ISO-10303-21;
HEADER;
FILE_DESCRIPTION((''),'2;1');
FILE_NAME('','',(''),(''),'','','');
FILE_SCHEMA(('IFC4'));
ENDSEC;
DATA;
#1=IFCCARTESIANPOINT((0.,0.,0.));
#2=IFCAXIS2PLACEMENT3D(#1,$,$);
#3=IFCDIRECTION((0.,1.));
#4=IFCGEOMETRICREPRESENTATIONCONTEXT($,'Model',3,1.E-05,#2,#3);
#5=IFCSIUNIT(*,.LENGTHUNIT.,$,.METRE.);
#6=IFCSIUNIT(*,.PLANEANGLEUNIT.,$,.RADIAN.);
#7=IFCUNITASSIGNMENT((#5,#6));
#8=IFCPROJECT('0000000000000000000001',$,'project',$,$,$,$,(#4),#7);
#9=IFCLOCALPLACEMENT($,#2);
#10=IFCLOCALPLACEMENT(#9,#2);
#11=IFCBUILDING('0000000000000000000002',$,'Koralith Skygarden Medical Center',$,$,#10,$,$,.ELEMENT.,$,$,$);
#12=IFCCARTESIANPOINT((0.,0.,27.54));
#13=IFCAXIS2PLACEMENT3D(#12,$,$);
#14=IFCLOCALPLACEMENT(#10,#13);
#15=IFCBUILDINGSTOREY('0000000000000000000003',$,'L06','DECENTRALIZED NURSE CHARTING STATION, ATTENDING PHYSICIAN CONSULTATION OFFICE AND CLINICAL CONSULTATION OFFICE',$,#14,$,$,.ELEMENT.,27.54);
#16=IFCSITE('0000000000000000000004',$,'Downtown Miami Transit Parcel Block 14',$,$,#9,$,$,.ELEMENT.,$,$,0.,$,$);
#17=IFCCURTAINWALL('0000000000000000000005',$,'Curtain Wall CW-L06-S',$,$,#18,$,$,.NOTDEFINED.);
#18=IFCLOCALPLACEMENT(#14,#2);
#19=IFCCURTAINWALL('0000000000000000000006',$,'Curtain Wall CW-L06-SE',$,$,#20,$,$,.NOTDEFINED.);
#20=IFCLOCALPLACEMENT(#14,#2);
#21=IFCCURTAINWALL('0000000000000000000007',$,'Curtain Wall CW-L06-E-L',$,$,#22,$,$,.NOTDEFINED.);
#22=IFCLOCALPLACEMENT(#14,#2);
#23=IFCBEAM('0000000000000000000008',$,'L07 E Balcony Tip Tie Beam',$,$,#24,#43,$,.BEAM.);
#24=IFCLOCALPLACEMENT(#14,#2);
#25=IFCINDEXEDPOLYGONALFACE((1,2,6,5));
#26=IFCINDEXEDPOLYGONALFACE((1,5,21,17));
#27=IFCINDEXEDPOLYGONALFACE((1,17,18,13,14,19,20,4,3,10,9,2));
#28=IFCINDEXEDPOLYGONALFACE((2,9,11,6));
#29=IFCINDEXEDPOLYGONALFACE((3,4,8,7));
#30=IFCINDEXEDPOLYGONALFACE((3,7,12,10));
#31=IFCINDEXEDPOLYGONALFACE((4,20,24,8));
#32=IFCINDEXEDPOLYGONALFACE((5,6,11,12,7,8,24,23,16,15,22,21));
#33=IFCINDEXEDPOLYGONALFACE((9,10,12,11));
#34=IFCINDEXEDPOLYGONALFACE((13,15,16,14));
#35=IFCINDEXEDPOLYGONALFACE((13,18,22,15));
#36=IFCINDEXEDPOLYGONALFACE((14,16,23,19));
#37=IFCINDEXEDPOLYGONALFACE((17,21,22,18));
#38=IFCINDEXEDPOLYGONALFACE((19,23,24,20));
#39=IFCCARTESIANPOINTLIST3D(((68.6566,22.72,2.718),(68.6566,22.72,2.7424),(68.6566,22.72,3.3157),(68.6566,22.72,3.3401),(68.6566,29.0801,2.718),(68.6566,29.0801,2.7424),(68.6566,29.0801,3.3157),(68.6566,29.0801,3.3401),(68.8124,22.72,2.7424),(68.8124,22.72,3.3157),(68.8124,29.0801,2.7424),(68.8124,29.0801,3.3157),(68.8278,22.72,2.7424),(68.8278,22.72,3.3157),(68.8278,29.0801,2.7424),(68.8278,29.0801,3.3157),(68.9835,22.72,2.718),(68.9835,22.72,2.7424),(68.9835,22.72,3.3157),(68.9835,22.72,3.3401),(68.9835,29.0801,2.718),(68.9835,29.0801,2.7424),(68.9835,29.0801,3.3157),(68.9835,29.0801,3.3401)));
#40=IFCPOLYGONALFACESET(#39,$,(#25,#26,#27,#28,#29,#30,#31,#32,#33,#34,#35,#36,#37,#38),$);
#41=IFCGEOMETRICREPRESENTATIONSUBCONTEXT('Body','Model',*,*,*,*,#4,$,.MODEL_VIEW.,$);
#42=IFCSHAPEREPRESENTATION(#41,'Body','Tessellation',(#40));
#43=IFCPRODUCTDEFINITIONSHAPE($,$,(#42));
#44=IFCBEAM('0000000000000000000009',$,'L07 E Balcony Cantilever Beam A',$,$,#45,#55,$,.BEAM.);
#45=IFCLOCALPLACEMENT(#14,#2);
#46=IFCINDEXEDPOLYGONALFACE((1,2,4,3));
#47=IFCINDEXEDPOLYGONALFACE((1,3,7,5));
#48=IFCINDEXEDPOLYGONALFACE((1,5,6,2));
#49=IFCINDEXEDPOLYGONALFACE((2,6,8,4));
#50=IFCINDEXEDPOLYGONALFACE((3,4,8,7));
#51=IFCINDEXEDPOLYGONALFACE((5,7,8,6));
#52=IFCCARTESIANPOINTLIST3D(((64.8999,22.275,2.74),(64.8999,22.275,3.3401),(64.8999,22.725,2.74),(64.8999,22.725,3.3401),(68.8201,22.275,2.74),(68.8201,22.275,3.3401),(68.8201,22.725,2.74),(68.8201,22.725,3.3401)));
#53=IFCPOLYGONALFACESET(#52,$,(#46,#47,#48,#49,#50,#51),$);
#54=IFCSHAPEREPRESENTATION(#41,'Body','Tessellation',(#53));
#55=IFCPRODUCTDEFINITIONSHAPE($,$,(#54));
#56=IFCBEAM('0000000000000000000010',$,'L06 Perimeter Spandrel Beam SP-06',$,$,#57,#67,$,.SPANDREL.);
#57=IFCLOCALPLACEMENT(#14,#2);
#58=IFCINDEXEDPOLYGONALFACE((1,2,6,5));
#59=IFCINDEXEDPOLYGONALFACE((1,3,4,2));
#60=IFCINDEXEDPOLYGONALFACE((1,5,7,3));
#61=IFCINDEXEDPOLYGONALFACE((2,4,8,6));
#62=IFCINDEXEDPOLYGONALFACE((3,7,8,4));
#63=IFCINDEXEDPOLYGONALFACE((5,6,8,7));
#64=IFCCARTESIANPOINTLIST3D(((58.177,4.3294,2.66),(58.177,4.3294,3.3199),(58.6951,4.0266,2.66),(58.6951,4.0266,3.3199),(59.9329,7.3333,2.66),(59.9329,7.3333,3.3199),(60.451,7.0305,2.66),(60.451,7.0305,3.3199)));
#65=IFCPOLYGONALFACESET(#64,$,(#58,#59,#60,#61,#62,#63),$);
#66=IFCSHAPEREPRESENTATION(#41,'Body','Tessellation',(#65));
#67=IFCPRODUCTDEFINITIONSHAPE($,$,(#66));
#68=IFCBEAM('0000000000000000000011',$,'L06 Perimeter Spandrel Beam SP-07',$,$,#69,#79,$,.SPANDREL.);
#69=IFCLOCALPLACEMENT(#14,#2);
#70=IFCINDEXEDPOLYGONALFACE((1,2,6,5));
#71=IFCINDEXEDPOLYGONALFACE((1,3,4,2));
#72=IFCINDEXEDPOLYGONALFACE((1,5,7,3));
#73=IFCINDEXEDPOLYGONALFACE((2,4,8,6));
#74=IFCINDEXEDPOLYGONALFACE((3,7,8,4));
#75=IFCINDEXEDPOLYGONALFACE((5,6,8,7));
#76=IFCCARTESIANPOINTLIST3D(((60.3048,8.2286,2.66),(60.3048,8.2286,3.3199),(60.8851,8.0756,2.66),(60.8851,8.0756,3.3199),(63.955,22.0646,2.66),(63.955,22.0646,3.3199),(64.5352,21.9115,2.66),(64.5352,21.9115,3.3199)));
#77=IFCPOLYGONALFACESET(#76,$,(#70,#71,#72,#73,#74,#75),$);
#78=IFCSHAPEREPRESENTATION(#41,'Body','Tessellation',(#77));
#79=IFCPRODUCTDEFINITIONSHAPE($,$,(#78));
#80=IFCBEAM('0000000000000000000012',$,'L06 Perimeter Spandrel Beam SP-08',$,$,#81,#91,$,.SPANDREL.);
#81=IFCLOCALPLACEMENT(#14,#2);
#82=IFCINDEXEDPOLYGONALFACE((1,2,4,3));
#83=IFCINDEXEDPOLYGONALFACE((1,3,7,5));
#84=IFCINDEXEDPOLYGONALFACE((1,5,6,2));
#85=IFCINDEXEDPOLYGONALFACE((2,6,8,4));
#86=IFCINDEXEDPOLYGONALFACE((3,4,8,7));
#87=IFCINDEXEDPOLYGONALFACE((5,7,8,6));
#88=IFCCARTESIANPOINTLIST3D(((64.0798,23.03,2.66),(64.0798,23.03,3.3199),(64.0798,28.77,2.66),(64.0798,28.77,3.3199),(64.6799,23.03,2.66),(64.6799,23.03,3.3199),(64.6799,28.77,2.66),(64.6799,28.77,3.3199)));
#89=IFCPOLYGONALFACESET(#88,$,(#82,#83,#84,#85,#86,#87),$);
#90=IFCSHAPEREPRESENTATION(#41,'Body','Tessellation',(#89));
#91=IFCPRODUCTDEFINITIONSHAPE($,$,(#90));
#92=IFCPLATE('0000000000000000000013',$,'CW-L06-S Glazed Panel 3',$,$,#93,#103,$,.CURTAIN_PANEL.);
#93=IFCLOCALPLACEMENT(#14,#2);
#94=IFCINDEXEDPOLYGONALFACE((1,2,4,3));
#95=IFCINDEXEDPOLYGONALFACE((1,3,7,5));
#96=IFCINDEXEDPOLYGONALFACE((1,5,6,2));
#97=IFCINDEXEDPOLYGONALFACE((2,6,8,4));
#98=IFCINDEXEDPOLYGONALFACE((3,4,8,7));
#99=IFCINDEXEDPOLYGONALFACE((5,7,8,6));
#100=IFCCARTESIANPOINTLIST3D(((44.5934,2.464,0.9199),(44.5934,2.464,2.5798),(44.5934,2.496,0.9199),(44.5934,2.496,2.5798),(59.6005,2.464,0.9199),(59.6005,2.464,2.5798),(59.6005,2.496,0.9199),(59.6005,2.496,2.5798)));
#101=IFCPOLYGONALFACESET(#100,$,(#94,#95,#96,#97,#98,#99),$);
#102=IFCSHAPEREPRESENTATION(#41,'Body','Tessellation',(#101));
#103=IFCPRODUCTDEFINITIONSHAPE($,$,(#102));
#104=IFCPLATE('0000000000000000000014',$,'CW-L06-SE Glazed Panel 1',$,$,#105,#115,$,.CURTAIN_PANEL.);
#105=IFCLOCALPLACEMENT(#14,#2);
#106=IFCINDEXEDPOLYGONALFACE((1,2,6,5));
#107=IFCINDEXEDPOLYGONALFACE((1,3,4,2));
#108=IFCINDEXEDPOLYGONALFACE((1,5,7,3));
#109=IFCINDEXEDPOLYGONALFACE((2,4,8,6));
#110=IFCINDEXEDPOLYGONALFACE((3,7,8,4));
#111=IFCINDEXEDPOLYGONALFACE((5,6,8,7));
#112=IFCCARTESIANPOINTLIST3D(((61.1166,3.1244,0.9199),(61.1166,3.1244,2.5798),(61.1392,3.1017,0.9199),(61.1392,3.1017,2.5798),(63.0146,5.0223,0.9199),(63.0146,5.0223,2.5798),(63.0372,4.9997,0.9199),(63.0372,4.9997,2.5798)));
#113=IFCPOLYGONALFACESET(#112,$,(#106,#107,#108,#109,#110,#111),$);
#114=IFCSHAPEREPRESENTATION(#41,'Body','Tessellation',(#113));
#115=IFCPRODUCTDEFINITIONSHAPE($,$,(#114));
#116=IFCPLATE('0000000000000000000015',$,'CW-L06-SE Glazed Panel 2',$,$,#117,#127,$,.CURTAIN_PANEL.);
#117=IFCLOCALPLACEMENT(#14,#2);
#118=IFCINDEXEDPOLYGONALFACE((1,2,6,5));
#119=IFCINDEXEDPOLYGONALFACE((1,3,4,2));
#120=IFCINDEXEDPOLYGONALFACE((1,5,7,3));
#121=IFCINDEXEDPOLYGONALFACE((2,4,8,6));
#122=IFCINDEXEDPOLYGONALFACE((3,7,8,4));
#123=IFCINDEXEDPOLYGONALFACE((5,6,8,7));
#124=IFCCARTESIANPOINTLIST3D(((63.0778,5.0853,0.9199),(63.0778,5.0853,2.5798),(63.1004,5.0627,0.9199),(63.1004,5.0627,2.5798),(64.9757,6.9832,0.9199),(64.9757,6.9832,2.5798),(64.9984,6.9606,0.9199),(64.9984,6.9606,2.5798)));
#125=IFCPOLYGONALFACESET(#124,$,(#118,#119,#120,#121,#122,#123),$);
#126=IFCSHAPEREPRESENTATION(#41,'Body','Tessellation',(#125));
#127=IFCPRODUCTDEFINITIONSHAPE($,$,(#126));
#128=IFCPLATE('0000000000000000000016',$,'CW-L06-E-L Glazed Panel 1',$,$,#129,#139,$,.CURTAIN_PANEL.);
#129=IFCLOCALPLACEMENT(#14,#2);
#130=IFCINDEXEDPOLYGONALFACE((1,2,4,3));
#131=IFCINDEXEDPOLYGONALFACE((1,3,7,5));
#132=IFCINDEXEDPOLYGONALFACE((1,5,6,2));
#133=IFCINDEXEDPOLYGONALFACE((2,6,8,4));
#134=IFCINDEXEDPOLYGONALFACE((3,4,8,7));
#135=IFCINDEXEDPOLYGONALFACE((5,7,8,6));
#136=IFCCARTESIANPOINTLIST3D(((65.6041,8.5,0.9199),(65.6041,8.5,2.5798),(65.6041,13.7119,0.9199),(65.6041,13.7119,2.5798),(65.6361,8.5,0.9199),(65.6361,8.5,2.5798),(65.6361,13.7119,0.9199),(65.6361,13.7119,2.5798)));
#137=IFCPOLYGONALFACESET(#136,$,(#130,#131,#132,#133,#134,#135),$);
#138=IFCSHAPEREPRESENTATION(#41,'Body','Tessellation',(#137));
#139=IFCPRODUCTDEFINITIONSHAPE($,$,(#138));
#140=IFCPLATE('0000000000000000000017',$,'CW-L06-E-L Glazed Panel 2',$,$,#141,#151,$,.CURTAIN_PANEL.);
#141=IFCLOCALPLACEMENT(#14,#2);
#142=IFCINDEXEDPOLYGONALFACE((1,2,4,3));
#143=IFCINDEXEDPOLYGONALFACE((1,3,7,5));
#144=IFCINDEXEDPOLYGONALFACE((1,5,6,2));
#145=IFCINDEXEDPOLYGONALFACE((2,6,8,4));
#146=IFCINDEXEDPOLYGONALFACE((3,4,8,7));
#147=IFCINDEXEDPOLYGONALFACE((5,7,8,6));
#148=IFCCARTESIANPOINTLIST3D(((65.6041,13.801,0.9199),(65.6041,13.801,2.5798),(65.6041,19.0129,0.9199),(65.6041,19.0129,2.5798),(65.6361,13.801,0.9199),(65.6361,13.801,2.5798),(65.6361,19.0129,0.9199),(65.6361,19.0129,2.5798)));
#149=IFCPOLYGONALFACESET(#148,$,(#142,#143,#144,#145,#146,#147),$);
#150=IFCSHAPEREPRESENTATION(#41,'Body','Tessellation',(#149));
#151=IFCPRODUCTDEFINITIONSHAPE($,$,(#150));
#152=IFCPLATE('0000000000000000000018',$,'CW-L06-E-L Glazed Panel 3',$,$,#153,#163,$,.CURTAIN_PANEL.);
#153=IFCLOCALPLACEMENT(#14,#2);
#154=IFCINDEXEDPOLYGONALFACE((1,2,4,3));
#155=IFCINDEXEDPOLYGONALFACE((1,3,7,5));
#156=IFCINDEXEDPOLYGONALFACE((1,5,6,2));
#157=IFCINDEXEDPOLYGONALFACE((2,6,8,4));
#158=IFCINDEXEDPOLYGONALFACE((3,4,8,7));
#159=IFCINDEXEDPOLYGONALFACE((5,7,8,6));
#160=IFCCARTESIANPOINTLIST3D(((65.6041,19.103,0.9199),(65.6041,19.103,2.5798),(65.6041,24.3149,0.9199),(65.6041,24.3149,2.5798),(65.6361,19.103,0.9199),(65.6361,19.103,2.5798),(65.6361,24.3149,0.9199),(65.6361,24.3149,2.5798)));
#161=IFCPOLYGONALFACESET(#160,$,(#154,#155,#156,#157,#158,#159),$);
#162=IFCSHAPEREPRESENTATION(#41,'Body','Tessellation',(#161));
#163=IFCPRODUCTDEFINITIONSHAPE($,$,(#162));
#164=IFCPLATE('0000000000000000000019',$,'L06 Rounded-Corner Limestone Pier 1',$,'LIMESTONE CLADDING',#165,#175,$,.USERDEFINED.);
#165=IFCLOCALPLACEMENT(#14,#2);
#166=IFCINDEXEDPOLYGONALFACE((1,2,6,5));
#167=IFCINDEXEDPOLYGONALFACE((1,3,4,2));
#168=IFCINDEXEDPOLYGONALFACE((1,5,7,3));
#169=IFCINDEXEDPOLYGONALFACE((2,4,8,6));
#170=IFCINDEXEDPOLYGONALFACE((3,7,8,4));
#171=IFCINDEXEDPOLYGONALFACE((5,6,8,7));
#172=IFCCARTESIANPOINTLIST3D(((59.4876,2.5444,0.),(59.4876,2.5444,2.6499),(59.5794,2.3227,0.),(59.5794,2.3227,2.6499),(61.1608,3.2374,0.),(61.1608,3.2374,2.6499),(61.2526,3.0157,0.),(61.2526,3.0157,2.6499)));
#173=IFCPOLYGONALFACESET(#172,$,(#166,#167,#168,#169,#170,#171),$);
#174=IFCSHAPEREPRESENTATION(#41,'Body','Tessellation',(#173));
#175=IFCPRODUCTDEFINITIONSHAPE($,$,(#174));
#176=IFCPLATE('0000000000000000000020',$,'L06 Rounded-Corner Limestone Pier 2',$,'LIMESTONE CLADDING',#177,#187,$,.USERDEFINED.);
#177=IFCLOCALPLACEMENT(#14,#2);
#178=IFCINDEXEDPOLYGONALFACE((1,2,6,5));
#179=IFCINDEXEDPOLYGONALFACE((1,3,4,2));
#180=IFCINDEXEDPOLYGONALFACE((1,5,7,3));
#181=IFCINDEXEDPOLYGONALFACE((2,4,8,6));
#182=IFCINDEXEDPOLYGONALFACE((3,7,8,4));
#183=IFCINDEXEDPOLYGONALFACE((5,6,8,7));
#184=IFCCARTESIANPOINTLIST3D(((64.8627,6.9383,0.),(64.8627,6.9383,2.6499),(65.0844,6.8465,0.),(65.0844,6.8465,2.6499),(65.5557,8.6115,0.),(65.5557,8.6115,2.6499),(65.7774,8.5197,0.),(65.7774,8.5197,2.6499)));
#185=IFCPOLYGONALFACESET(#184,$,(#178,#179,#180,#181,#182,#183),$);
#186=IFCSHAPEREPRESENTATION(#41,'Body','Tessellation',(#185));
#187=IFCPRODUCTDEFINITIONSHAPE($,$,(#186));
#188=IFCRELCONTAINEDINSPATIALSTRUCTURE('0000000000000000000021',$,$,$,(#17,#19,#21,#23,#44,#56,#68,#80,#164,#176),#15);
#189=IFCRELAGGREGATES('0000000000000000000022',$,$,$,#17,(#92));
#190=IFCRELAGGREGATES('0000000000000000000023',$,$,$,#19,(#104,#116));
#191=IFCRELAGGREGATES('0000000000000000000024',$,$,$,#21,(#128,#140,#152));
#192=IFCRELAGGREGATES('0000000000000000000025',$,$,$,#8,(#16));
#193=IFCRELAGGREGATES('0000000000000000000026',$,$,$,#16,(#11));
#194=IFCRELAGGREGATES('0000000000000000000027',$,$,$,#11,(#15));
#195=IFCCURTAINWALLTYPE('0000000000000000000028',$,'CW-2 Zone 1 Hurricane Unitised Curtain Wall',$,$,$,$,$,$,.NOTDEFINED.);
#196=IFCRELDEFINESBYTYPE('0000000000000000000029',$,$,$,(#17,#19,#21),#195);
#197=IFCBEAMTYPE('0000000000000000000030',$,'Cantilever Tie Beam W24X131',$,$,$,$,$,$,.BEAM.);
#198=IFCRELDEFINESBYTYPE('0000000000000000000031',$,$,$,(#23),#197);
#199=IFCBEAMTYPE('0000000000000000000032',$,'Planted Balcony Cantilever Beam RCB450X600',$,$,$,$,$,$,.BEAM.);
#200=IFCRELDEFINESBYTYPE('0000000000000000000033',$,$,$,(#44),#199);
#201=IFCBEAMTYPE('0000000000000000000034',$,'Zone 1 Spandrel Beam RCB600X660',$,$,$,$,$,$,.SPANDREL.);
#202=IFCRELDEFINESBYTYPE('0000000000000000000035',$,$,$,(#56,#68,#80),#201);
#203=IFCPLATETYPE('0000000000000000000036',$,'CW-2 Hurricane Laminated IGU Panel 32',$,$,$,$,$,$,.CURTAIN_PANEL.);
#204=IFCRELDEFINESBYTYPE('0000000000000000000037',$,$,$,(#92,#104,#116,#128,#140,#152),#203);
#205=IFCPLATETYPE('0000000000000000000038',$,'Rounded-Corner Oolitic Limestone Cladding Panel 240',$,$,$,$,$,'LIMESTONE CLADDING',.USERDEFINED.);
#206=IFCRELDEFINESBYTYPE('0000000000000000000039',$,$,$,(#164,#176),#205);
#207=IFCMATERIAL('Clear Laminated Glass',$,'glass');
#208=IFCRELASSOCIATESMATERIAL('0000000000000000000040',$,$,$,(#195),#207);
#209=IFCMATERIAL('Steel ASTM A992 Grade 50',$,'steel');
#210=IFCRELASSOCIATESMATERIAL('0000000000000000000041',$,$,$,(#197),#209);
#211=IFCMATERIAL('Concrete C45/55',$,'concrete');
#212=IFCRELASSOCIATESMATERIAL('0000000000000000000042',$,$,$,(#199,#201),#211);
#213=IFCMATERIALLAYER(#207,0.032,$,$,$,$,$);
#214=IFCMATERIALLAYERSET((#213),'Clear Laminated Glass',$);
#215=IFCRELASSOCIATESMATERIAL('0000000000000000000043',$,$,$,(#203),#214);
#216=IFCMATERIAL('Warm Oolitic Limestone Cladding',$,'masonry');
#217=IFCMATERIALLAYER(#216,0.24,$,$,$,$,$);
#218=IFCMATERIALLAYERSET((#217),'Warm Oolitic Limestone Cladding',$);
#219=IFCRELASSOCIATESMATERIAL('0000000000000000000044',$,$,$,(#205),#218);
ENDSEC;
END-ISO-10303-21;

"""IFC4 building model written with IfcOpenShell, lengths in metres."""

from ifc_helpers import new_model, si_unit, direction, frame, origin, origin_2d, place, context, subcontext, project, spatial, rectangle, i_section, extrude, material, layer, layer_set, material_profile, profile_set, type_object, element, aggregate, save


model = new_model("IFC4")

# Units and contexts
model_context = context("Model", 3, precision=1e-05, world=origin(), true_north=direction((0.0, 1.0)))
body_context = subcontext(model_context, "Body", "Model", "MODEL_VIEW")
ifc_project = project(units=[si_unit("LENGTHUNIT", "METRE"), si_unit("PLANEANGLEUNIT", "RADIAN")], contexts=[model_context])

# Site, building, storey
site_placement = place(None, origin())
site = spatial("IfcSite", under=ifc_project, at=site_placement, Name="Downtown Miami Transit Parcel Block 14", CompositionType="ELEMENT", RefElevation=0.0)
building_placement = place(site_placement, origin())
building = spatial("IfcBuilding", under=site, at=building_placement, Name="Koralith Skygarden Medical Center", CompositionType="ELEMENT")
storey_placement = place(building_placement, frame((0.0, 0.0, 27.54)))
storey = spatial("IfcBuildingStorey", under=building, at=storey_placement, Name="L06", Description="DECENTRALIZED NURSE CHARTING STATION, ATTENDING PHYSICIAN CONSULTATION OFFICE AND CLINICAL CONSULTATION OFFICE", CompositionType="ELEMENT", Elevation=27.54)

# Curtain wall
ifc_material_1 = material(Name="Clear Laminated Glass", Category="glass")
curtain_wall_type = type_object("IfcCurtainWallType", Name="CW-2 Zone 1 Hurricane Unitised Curtain Wall", PredefinedType="NOTDEFINED", material=ifc_material_1)
curtain_wall_1_placement = place(storey_placement, origin())
curtain_wall_1 = element("IfcCurtainWall", 1, at=curtain_wall_1_placement, inside=storey, type_object=curtain_wall_type, Name="Curtain Wall CW-L06-S", PredefinedType="NOTDEFINED")

# Curtain walls
curtain_wall_2_placement = place(storey_placement, origin())
curtain_wall_2 = element("IfcCurtainWall", 2, at=curtain_wall_2_placement, inside=storey, type_object=curtain_wall_type, Name="Curtain Wall CW-L06-SE", PredefinedType="NOTDEFINED")
curtain_wall_3_placement = place(storey_placement, origin())
curtain_wall_3 = element("IfcCurtainWall", 3, at=curtain_wall_3_placement, inside=storey, type_object=curtain_wall_type, Name="Curtain Wall CW-L06-E-L", PredefinedType="NOTDEFINED")

# Beams
ifc_material_2 = material(Name="Steel ASTM A992 Grade 50", Category="steel")
ifc_material_profile_1 = material_profile(ifc_material_2, i_section(OverallWidth=0.3269, OverallDepth=0.6221, WebThickness=0.0154, FlangeThickness=0.0244, at=origin_2d()), Name="W24X131")
ifc_profile_set_1 = profile_set([ifc_material_profile_1], Name="Steel ASTM A992 Grade 50")
beam_type_1 = type_object("IfcBeamType", Name="Cantilever Tie Beam W24X131", PredefinedType="BEAM", material=ifc_profile_set_1)
beam_1_placement = place(storey_placement, frame((68.8201, 22.72, 3.0291), z_axis=(0.0, 1.0, 0.0), x_axis=(-1.0, 0.0, 0.0)))
element("IfcBeam", 4, at=beam_1_placement, inside=storey, type_object=beam_type_1, Name="L07 E Balcony Tip Tie Beam", PredefinedType="BEAM", context=body_context, shape_type="SweptSolid", body=[
    extrude(i_section(OverallWidth=0.3269, OverallDepth=0.6221, WebThickness=0.0154, FlangeThickness=0.0244, at=origin_2d()), origin(), (0.0, 0.0, 1.0), 6.3601),
])
ifc_material_3 = material(Name="Concrete C45/55", Category="concrete")
ifc_material_profile_2 = material_profile(ifc_material_3, rectangle(XDim=0.45, YDim=0.6001, at=origin_2d()), Name="RCB450X600")
ifc_profile_set_2 = profile_set([ifc_material_profile_2], Name="Concrete C45/55")
beam_type_2 = type_object("IfcBeamType", Name="Planted Balcony Cantilever Beam RCB450X600", PredefinedType="BEAM", material=ifc_profile_set_2)
beam_2_placement = place(storey_placement, frame((64.8999, 22.5, 3.04), z_axis=(1.0, 0.0, 0.0), x_axis=(0.0, 1.0, 0.0)))
element("IfcBeam", 5, at=beam_2_placement, inside=storey, type_object=beam_type_2, Name="L07 E Balcony Cantilever Beam A", PredefinedType="BEAM", context=body_context, shape_type="SweptSolid", body=[
    extrude(rectangle(XDim=0.45, YDim=0.6001, at=origin_2d()), origin(), (0.0, 0.0, 1.0), 3.9202),
])
ifc_material_profile_3 = material_profile(ifc_material_3, rectangle(XDim=0.6001, YDim=0.6599, at=origin_2d()), Name="RCB600X660")
ifc_profile_set_3 = profile_set([ifc_material_profile_3], Name="Concrete C45/55")
beam_type_3 = type_object("IfcBeamType", Name="Zone 1 Spandrel Beam RCB600X660", PredefinedType="SPANDREL", material=ifc_profile_set_3)
beam_3_placement = place(storey_placement, frame((58.436, 4.178, 2.99), z_axis=(0.504639, 0.863331, 0.0), x_axis=(-0.863331, 0.504639, 0.0)))
element("IfcBeam", 6, at=beam_3_placement, inside=storey, type_object=beam_type_3, Name="L06 Perimeter Spandrel Beam SP-06", PredefinedType="SPANDREL", context=body_context, shape_type="SweptSolid", body=[
    extrude(rectangle(XDim=0.6001, YDim=0.6599, at=origin_2d()), origin(), (0.0, 0.0, 1.0), 3.4795),
])
beam_4_placement = place(storey_placement, frame((60.595, 8.1521, 2.99), z_axis=(0.255089, 0.966918, 0.0), x_axis=(-0.966918, 0.255089, 0.0)))
element("IfcBeam", 7, at=beam_4_placement, inside=storey, type_object=beam_type_3, Name="L06 Perimeter Spandrel Beam SP-07", PredefinedType="SPANDREL", context=body_context, shape_type="SweptSolid", body=[
    extrude(rectangle(XDim=0.6001, YDim=0.6599, at=origin_2d()), origin(), (0.0, 0.0, 1.0), 14.3093),
])
beam_5_placement = place(storey_placement, frame((64.3799, 23.03, 2.99), z_axis=(0.0, 1.0, 0.0), x_axis=(-1.0, 0.0, 0.0)))
element("IfcBeam", 8, at=beam_5_placement, inside=storey, type_object=beam_type_3, Name="L06 Perimeter Spandrel Beam SP-08", PredefinedType="SPANDREL", context=body_context, shape_type="SweptSolid", body=[
    extrude(rectangle(XDim=0.6001, YDim=0.6599, at=origin_2d()), origin(), (0.0, 0.0, 1.0), 5.74),
])

# Plates
ifc_layer_1 = layer(ifc_material_1, 0.032)
ifc_layer_set_1 = layer_set([ifc_layer_1], Name="Clear Laminated Glass")
plate_type_1 = type_object("IfcPlateType", Name="CW-2 Hurricane Laminated IGU Panel 32", PredefinedType="CURTAIN_PANEL", material=ifc_layer_set_1)
plate_1_placement = place(storey_placement, frame((52.0969, 2.48, 0.9199), z_axis=(0.0, 0.0, 1.0), x_axis=(1.0, 0.0, 0.0)))
plate_1 = element("IfcPlate", 9, at=plate_1_placement, type_object=plate_type_1, Name="CW-L06-S Glazed Panel 3", PredefinedType="CURTAIN_PANEL", context=body_context, shape_type="SweptSolid", body=[
    extrude(rectangle(XDim=15.0071, YDim=0.032, at=origin_2d()), origin(), (0.0, 0.0, 1.0), 1.6599),
])
aggregate(curtain_wall_1, [plate_1])
plate_2_placement = place(storey_placement, frame((62.0769, 4.062, 0.9199), z_axis=(0.0, 0.0, 1.0), x_axis=(0.707107, 0.707107, 0.0)))
plate_2 = element("IfcPlate", 10, at=plate_2_placement, type_object=plate_type_1, Name="CW-L06-SE Glazed Panel 1", PredefinedType="CURTAIN_PANEL", context=body_context, shape_type="SweptSolid", body=[
    extrude(rectangle(XDim=2.6841, YDim=0.032, at=origin_2d()), origin(), (0.0, 0.0, 1.0), 1.6599),
])
plate_3_placement = place(storey_placement, frame((64.0381, 6.0229, 0.9199), z_axis=(0.0, 0.0, 1.0), x_axis=(0.707107, 0.707107, 0.0)))
plate_3 = element("IfcPlate", 11, at=plate_3_placement, type_object=plate_type_1, Name="CW-L06-SE Glazed Panel 2", PredefinedType="CURTAIN_PANEL", context=body_context, shape_type="SweptSolid", body=[
    extrude(rectangle(XDim=2.6841, YDim=0.032, at=origin_2d()), origin(), (0.0, 0.0, 1.0), 1.6599),
])
aggregate(curtain_wall_2, [plate_2, plate_3])
plate_4_placement = place(storey_placement, frame((65.6201, 11.106, 0.9199), z_axis=(0.0, 0.0, 1.0), x_axis=(0.0, 1.0, 0.0)))
plate_4 = element("IfcPlate", 12, at=plate_4_placement, type_object=plate_type_1, Name="CW-L06-E-L Glazed Panel 1", PredefinedType="CURTAIN_PANEL", context=body_context, shape_type="SweptSolid", body=[
    extrude(rectangle(XDim=5.2119, YDim=0.032, at=origin_2d()), origin(), (0.0, 0.0, 1.0), 1.6599),
])
plate_5_placement = place(storey_placement, frame((65.6201, 16.407, 0.9199), z_axis=(0.0, 0.0, 1.0), x_axis=(0.0, 1.0, 0.0)))
plate_5 = element("IfcPlate", 13, at=plate_5_placement, type_object=plate_type_1, Name="CW-L06-E-L Glazed Panel 2", PredefinedType="CURTAIN_PANEL", context=body_context, shape_type="SweptSolid", body=[
    extrude(rectangle(XDim=5.2119, YDim=0.032, at=origin_2d()), origin(), (0.0, 0.0, 1.0), 1.6599),
])
plate_6_placement = place(storey_placement, frame((65.6201, 21.709, 0.9199), z_axis=(0.0, 0.0, 1.0), x_axis=(0.0, 1.0, 0.0)))
plate_6 = element("IfcPlate", 14, at=plate_6_placement, type_object=plate_type_1, Name="CW-L06-E-L Glazed Panel 3", PredefinedType="CURTAIN_PANEL", context=body_context, shape_type="SweptSolid", body=[
    extrude(rectangle(XDim=5.2119, YDim=0.032, at=origin_2d()), origin(), (0.0, 0.0, 1.0), 1.6599),
])
aggregate(curtain_wall_3, [plate_4, plate_5, plate_6])

# Plates
ifc_material_4 = material(Name="Warm Oolitic Limestone Cladding", Category="masonry")
ifc_layer_2 = layer(ifc_material_4, 0.24)
ifc_layer_set_2 = layer_set([ifc_layer_2], Name="Warm Oolitic Limestone Cladding")
plate_type_2 = type_object("IfcPlateType", Name="Rounded-Corner Oolitic Limestone Cladding Panel 240", ElementType="LIMESTONE CLADDING", PredefinedType="USERDEFINED", material=ifc_layer_set_2)
for number, where, z_axis, x_axis, name in (
    (15, (60.3701, 2.78, 0.0), (0.0, 0.0, 1.0), (0.923885, 0.382671, 0.0), "L06 Rounded-Corner Limestone Pier 1"),
    (16, (65.3201, 7.729, 0.0), (0.0, 0.0, 1.0), (0.382671, 0.923885, 0.0), "L06 Rounded-Corner Limestone Pier 2"),
):
    element("IfcPlate", number, at=place(storey_placement, frame(where, z_axis=z_axis, x_axis=x_axis)), inside=storey, type_object=plate_type_2, Name=name, ObjectType="LIMESTONE CLADDING", PredefinedType="USERDEFINED", context=body_context, shape_type="SweptSolid", body=[
        extrude(rectangle(XDim=1.811, YDim=0.24, at=origin_2d()), origin(), (0.0, 0.0, 1.0), 2.6499),
    ])

save(model, "model.ifc")
